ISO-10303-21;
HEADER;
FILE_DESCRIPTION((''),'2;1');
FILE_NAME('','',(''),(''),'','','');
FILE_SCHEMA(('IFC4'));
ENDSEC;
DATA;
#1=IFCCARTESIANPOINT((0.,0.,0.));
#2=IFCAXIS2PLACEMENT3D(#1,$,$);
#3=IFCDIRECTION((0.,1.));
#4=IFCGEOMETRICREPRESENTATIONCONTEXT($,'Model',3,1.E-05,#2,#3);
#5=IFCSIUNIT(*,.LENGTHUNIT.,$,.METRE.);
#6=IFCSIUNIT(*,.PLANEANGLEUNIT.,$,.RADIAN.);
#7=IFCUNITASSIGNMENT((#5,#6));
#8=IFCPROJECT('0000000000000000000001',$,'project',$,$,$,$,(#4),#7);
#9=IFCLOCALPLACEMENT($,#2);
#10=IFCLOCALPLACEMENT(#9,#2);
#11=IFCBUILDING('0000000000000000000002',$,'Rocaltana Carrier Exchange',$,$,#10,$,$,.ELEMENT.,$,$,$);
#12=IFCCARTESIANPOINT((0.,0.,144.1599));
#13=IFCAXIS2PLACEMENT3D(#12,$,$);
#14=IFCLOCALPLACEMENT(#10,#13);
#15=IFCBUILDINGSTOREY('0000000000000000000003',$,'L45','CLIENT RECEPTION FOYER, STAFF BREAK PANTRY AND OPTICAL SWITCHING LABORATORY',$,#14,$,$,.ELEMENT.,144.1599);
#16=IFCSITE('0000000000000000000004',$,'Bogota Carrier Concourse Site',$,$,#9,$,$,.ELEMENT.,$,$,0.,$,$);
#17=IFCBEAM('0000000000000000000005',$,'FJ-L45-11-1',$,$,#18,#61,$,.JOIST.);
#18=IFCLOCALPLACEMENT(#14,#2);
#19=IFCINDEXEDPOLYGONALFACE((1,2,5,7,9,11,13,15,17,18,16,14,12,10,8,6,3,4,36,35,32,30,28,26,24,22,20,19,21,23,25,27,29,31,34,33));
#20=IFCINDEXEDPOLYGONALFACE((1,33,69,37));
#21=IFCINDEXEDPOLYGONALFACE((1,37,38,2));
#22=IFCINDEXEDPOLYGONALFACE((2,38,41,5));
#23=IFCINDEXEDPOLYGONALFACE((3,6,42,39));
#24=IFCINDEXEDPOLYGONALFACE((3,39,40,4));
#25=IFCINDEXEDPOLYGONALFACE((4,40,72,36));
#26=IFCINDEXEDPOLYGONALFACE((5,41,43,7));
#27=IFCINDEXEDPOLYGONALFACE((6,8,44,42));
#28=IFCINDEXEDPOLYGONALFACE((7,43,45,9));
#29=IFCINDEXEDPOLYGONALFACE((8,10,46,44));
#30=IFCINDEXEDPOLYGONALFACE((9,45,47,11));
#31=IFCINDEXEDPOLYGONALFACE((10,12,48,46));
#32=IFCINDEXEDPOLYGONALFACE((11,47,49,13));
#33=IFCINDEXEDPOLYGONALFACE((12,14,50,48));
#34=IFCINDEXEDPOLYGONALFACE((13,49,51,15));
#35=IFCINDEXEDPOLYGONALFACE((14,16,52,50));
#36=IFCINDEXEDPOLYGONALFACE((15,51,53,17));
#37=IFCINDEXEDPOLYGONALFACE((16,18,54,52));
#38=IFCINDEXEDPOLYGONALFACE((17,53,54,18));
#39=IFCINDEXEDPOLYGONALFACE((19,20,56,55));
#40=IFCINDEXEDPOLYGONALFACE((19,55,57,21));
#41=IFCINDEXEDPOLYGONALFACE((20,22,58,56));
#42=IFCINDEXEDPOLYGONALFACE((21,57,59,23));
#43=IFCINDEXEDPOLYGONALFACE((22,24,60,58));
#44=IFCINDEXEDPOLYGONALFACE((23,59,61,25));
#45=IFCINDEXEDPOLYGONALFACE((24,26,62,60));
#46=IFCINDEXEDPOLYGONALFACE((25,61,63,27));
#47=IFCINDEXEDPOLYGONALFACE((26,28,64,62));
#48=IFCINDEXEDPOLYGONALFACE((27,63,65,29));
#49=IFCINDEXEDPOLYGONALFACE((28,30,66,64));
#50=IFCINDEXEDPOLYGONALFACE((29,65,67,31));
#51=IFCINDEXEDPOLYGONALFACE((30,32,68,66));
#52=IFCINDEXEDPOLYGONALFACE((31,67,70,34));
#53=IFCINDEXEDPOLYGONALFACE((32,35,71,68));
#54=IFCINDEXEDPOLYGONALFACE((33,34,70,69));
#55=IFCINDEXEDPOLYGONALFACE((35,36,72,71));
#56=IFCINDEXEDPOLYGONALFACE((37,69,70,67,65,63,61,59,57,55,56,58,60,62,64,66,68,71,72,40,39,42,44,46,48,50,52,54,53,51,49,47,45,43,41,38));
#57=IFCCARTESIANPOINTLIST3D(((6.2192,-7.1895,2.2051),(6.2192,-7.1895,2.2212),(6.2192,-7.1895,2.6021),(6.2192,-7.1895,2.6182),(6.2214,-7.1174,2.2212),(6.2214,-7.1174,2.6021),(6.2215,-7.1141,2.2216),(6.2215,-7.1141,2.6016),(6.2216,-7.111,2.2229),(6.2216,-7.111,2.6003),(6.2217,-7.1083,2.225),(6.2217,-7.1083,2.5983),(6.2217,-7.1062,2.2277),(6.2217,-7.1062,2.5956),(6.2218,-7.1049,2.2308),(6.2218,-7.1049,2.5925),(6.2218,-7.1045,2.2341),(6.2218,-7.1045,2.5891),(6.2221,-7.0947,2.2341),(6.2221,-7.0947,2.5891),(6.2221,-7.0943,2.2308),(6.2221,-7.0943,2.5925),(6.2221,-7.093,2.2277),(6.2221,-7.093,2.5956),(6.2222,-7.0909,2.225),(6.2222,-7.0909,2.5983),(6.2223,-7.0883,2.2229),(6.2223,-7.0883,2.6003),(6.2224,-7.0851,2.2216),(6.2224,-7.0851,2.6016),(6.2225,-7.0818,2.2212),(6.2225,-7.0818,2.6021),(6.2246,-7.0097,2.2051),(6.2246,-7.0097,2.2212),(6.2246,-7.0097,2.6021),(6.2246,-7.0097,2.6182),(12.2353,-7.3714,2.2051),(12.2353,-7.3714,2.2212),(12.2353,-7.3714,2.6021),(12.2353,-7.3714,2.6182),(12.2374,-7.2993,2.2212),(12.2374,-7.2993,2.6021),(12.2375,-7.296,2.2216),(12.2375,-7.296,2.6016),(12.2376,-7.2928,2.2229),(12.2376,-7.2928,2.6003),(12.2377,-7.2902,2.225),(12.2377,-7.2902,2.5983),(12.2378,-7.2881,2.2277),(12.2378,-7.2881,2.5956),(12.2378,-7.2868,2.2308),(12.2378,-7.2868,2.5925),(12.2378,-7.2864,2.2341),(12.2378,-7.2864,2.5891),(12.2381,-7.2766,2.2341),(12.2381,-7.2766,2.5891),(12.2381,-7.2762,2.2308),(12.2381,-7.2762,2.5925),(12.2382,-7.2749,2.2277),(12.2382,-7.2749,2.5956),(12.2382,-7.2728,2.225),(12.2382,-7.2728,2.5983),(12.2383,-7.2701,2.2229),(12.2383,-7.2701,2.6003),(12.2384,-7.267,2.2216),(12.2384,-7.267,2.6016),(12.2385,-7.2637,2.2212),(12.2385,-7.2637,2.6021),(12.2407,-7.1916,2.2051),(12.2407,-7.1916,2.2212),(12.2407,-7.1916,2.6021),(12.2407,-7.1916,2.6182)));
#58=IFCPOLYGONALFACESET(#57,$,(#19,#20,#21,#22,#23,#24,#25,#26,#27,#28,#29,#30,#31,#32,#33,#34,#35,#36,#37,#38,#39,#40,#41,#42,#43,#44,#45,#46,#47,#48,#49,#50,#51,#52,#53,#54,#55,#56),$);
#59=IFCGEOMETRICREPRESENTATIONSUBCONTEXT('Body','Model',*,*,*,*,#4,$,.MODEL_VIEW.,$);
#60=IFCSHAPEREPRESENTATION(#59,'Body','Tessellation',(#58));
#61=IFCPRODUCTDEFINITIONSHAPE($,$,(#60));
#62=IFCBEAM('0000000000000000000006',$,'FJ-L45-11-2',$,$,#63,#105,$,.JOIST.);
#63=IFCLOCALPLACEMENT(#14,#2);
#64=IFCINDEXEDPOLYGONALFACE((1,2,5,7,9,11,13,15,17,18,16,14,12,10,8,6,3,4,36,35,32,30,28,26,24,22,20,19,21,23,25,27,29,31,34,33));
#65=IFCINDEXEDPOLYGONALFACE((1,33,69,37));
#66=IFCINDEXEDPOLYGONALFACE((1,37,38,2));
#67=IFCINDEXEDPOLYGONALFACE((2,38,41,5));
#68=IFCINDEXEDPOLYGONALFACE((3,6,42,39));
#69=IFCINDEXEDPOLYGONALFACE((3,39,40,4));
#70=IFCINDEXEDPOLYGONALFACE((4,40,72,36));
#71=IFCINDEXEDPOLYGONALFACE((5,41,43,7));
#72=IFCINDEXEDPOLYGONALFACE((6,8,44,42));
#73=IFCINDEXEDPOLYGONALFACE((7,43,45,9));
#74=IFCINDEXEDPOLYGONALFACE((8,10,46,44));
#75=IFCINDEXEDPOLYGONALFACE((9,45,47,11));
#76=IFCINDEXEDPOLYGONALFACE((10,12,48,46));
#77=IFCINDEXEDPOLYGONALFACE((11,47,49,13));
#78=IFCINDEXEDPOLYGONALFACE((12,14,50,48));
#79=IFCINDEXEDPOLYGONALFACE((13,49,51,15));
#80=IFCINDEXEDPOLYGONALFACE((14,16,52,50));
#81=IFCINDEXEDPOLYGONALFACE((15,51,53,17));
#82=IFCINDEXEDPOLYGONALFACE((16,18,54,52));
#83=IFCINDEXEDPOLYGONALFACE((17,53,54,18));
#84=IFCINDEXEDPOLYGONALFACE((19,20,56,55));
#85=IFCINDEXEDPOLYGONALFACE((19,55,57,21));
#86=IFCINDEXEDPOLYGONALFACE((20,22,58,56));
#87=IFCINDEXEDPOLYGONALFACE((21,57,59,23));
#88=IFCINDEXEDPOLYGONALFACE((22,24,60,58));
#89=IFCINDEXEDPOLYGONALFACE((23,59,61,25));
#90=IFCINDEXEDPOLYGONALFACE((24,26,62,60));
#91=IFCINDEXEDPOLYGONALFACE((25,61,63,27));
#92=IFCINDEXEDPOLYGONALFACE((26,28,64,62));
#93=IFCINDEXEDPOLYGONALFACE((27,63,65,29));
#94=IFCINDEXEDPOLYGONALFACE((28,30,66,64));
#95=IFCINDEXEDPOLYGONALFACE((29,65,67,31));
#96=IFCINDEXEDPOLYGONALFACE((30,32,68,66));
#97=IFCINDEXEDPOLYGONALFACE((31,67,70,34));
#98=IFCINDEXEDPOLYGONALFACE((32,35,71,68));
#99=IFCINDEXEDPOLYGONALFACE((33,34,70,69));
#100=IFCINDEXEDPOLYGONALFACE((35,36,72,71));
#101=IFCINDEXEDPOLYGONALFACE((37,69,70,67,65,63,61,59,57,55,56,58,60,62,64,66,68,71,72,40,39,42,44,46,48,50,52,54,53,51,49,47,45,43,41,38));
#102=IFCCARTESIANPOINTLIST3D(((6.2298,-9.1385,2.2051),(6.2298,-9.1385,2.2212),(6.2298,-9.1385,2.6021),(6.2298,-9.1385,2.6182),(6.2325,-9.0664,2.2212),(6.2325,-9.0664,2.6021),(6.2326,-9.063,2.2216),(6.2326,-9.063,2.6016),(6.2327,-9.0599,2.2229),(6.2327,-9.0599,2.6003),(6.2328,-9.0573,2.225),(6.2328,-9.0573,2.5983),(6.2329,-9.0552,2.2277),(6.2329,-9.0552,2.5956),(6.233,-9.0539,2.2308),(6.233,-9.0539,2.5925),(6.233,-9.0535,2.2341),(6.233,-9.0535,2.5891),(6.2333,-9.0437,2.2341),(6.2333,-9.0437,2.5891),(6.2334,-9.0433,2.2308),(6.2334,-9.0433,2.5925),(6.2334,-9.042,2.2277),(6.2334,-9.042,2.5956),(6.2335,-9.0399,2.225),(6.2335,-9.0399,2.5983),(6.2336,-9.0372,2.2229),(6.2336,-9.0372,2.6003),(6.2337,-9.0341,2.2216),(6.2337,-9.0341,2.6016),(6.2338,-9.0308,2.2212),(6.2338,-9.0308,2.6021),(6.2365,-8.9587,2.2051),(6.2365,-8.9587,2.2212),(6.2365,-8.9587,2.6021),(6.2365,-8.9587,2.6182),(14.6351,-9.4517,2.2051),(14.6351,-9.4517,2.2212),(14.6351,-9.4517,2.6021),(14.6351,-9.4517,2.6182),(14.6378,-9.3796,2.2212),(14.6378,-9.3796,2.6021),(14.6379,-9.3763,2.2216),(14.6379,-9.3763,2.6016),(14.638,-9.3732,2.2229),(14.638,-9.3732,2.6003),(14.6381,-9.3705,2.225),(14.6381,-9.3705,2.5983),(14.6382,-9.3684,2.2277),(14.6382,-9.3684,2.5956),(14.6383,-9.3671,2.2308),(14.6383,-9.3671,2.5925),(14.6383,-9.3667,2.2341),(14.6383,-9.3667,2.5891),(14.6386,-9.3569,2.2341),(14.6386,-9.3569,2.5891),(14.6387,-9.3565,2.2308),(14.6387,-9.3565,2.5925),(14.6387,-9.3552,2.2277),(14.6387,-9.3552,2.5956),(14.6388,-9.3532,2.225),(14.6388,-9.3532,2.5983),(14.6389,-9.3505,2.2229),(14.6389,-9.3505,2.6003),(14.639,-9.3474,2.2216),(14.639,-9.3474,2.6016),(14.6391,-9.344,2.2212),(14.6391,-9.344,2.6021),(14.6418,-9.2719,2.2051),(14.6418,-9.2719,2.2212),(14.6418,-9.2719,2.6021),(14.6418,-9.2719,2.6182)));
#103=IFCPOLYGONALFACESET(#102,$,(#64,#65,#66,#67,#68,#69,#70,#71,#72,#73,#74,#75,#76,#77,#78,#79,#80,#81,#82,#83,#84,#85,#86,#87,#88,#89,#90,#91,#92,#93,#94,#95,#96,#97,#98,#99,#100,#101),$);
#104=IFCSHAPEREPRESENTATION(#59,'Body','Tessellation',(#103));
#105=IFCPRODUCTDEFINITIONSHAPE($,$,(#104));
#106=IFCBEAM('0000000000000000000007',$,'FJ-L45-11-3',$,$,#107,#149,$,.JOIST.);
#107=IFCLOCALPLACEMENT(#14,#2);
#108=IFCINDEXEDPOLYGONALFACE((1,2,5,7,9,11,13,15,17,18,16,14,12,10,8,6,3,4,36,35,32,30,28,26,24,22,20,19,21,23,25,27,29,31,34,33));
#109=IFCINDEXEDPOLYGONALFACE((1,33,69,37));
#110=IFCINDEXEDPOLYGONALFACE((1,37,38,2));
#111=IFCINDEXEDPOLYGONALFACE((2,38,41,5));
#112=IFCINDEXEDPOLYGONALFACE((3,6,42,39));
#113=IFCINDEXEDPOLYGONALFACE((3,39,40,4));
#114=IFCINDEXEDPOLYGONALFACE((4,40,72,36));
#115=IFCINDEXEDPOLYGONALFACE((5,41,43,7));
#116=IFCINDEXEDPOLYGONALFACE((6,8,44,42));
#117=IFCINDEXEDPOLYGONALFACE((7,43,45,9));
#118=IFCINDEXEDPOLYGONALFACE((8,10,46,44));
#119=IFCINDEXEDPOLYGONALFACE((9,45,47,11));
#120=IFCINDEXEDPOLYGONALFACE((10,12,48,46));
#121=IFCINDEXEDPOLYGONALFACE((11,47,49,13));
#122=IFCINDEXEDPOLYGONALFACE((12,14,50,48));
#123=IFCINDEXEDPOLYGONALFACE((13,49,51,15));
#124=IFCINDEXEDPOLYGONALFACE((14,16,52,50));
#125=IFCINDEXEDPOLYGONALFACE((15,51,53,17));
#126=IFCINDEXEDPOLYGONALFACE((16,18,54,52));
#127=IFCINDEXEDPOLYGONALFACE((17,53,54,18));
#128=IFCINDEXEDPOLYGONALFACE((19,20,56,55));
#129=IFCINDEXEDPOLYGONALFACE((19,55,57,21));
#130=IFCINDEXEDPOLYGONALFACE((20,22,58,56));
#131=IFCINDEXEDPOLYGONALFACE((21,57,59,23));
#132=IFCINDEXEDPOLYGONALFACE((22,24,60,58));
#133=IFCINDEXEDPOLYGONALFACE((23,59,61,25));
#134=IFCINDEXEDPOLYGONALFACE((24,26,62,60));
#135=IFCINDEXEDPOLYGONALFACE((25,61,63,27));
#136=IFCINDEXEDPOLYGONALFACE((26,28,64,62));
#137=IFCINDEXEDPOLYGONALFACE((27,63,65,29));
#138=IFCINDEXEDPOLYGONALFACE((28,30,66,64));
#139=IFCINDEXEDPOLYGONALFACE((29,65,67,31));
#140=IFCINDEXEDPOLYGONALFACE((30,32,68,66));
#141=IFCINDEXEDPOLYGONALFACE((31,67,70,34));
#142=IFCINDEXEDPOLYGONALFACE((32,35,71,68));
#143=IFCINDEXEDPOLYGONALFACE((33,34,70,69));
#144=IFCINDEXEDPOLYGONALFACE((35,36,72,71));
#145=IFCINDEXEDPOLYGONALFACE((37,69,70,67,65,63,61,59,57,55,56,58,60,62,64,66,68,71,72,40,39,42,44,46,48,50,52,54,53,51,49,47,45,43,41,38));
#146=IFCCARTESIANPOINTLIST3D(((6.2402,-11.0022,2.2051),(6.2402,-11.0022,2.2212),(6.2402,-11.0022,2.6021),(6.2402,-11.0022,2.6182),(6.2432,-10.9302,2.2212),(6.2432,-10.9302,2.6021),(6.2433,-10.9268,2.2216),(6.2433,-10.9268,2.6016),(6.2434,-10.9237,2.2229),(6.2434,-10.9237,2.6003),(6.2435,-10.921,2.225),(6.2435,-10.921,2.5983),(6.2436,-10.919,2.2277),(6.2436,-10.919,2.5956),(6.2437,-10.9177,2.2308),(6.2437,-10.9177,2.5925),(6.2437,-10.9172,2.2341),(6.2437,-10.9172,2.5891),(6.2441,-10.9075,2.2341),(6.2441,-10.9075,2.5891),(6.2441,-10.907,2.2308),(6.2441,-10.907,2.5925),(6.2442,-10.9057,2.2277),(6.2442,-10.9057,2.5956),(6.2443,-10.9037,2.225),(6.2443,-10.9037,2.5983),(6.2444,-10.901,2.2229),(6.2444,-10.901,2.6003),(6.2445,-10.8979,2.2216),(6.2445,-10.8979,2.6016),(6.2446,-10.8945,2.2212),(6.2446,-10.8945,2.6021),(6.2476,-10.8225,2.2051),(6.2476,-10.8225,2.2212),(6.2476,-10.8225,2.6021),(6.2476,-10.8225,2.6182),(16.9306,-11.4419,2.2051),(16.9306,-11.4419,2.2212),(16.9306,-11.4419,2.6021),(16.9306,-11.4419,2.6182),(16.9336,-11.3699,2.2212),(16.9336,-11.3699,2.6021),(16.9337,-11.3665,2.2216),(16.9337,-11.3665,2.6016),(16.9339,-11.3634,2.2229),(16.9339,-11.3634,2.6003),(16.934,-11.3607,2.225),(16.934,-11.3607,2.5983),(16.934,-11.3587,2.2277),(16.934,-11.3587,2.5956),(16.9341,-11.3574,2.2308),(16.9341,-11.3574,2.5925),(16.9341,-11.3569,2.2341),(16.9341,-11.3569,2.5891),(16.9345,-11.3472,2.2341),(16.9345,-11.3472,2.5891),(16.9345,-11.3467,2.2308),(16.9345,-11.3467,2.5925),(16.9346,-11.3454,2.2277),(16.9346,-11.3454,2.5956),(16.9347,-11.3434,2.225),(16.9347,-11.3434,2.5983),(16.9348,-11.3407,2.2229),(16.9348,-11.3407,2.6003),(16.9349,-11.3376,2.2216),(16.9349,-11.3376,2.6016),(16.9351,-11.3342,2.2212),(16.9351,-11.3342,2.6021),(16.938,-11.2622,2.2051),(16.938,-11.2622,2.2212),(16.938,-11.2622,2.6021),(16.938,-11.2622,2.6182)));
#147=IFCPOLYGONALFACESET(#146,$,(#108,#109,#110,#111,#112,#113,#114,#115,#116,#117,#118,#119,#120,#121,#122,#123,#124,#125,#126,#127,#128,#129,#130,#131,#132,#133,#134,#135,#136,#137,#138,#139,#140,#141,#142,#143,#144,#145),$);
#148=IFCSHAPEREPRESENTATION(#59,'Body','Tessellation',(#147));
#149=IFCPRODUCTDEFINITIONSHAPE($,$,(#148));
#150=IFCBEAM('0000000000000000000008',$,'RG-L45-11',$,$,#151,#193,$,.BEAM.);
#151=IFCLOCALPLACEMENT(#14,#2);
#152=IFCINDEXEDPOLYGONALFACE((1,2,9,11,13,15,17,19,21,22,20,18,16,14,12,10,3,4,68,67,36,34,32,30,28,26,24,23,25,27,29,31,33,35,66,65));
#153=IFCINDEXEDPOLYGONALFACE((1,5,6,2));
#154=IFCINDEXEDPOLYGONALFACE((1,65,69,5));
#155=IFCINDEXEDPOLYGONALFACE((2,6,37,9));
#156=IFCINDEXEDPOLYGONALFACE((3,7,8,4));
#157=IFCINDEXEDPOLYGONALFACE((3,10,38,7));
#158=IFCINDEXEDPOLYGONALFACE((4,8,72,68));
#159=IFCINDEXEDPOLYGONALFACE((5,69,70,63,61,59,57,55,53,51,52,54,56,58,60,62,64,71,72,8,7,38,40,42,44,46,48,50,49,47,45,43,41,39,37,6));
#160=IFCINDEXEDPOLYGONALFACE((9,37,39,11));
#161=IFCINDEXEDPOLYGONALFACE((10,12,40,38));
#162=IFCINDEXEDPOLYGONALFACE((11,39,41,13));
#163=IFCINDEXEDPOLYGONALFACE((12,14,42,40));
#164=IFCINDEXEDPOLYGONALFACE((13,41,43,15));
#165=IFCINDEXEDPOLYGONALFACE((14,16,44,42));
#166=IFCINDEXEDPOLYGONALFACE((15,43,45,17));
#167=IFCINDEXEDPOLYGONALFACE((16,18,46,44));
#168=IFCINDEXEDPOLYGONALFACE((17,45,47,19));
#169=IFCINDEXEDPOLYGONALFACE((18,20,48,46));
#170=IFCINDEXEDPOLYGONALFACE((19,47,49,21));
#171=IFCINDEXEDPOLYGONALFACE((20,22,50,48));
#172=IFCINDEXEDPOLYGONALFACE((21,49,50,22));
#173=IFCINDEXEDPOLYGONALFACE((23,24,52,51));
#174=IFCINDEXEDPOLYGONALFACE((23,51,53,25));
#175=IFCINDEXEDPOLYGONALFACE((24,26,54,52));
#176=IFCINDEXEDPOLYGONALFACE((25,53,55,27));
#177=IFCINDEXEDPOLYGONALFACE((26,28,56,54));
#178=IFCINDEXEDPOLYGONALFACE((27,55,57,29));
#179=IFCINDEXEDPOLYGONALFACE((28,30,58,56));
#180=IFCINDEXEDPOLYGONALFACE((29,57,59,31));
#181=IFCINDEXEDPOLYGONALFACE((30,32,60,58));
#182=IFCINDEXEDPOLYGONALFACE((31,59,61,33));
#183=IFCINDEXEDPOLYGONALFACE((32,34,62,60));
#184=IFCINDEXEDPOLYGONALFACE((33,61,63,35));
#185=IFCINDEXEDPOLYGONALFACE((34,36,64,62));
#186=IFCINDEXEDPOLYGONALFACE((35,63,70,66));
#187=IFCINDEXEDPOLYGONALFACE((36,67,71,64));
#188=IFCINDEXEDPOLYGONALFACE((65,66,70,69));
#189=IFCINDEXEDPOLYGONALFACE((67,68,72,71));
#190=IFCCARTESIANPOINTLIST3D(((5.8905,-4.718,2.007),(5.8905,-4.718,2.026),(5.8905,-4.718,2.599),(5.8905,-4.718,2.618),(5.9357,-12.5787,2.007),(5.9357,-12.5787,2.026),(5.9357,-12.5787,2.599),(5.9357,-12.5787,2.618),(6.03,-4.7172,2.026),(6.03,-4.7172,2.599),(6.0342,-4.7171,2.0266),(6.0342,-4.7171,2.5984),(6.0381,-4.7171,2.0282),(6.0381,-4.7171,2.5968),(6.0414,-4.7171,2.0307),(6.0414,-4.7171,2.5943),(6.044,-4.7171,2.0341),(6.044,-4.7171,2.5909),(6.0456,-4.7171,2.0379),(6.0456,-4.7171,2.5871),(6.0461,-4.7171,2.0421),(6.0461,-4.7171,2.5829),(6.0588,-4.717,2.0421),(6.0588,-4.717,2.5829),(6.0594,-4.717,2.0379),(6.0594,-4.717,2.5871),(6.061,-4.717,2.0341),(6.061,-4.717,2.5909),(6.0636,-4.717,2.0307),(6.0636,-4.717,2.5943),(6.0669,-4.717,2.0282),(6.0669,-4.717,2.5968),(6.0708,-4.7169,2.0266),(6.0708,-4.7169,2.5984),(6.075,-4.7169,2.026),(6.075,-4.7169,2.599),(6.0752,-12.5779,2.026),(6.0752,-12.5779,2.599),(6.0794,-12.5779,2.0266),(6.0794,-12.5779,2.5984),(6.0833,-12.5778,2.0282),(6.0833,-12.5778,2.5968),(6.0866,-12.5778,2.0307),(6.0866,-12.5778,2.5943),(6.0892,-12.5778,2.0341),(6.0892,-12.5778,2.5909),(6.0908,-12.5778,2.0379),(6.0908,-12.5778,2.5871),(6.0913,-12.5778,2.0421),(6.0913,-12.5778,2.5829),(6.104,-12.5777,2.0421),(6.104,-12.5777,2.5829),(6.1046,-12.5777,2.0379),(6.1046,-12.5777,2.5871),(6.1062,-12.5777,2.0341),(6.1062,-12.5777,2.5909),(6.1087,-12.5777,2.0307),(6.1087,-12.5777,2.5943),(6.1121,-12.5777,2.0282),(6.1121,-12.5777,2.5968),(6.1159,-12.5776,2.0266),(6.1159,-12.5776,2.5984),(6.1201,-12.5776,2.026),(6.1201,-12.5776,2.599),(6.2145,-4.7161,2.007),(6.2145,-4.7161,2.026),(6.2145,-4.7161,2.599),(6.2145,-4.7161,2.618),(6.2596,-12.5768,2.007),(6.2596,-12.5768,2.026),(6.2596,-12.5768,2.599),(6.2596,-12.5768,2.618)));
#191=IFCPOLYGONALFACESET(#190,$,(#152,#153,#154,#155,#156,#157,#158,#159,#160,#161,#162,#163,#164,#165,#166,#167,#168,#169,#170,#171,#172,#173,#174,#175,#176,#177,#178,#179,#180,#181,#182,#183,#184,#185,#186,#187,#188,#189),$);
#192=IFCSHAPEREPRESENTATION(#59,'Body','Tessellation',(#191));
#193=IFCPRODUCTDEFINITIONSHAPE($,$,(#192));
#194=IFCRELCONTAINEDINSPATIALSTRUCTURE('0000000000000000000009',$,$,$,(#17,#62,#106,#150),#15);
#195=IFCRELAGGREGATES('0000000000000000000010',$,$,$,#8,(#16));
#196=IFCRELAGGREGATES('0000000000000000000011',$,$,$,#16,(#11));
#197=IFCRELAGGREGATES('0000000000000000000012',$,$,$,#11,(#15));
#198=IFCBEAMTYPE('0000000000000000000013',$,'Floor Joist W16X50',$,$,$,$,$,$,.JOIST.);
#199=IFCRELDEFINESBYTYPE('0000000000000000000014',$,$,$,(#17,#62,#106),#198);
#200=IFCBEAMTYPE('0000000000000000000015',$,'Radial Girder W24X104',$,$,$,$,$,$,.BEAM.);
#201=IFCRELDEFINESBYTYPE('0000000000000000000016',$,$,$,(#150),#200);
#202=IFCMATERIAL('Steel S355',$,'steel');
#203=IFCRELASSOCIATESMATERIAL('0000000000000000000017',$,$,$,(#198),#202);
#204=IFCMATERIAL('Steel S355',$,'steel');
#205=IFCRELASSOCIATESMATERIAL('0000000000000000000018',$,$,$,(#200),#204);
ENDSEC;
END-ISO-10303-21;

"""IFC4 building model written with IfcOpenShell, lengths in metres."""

from ifc_helpers import new_model, si_unit, direction, frame, origin, origin_2d, place, context, subcontext, project, spatial, i_section, extrude, material, material_profile, profile_set, type_object, element, save


model = new_model("IFC4")

# Units and contexts
model_context = context("Model", 3, precision=1e-05, world=origin(), true_north=direction((0.0, 1.0)))
body_context = subcontext(model_context, "Body", "Model", "MODEL_VIEW")
ifc_project = project(units=[si_unit("LENGTHUNIT", "METRE"), si_unit("PLANEANGLEUNIT", "RADIAN")], contexts=[model_context])

# Site, building, storey
site_placement = place(None, origin())
site = spatial("IfcSite", under=ifc_project, at=site_placement, Name="Bogota Carrier Concourse Site", CompositionType="ELEMENT", RefElevation=0.0)
building_placement = place(site_placement, origin())
building = spatial("IfcBuilding", under=site, at=building_placement, Name="Rocaltana Carrier Exchange", CompositionType="ELEMENT")
storey_placement = place(building_placement, frame((0.0, 0.0, 144.1599)))
storey = spatial("IfcBuildingStorey", under=building, at=storey_placement, Name="L45", Description="CLIENT RECEPTION FOYER, STAFF BREAK PANTRY AND OPTICAL SWITCHING LABORATORY", CompositionType="ELEMENT", Elevation=144.1599)

# Beams
ifc_material_1 = material(Name="Steel S355", Category="steel")
ifc_material_profile_1 = material_profile(ifc_material_1, i_section(OverallWidth=0.1799, OverallDepth=0.4131, WebThickness=0.0098, FlangeThickness=0.0161, FilletRadius=0.0129, at=origin_2d()), Name="W16X50")
ifc_profile_set_1 = profile_set([ifc_material_profile_1], Name="Steel S355")
beam_type_1 = type_object("IfcBeamType", Name="Floor Joist W16X50", PredefinedType="JOIST", material=ifc_profile_set_1)
beam_1_placement = place(storey_placement, frame((6.2219, -7.0996, 2.4116), z_axis=(0.999543, -0.030219, 0.0), x_axis=(0.030219, 0.999543, 0.0)))
element("IfcBeam", 1, at=beam_1_placement, inside=storey, type_object=beam_type_1, Name="FJ-L45-11-1", PredefinedType="JOIST", context=body_context, shape_type="SweptSolid", body=[
    extrude(i_section(OverallWidth=0.1799, OverallDepth=0.4131, WebThickness=0.0098, FlangeThickness=0.0161, FilletRadius=0.0129, at=origin_2d()), origin(), (0.0, 0.0, 1.0), 6.0188),
])
beam_2_placement = place(storey_placement, frame((6.2332, -9.0486, 2.4116), z_axis=(0.999306, -0.03724, 0.0), x_axis=(0.03724, 0.999306, 0.0)))
element("IfcBeam", 2, at=beam_2_placement, inside=storey, type_object=beam_type_1, Name="FJ-L45-11-2", PredefinedType="JOIST", context=body_context, shape_type="SweptSolid", body=[
    extrude(i_section(OverallWidth=0.1799, OverallDepth=0.4131, WebThickness=0.0098, FlangeThickness=0.0161, FilletRadius=0.0129, at=origin_2d()), origin(), (0.0, 0.0, 1.0), 8.4111),
])
beam_3_placement = place(storey_placement, frame((6.2439, -10.9124, 2.4116), z_axis=(0.999155, -0.041095, 0.0), x_axis=(0.041095, 0.999155, 0.0)))
element("IfcBeam", 3, at=beam_3_placement, inside=storey, type_object=beam_type_1, Name="FJ-L45-11-3", PredefinedType="JOIST", context=body_context, shape_type="SweptSolid", body=[
    extrude(i_section(OverallWidth=0.1799, OverallDepth=0.4131, WebThickness=0.0098, FlangeThickness=0.0161, FilletRadius=0.0129, at=origin_2d()), origin(), (0.0, 0.0, 1.0), 10.6995),
])
ifc_material_2 = material(Name="Steel S355", Category="steel")
ifc_material_profile_2 = material_profile(ifc_material_2, i_section(OverallWidth=0.324, OverallDepth=0.6111, WebThickness=0.0127, FlangeThickness=0.019, FilletRadius=0.0161, at=origin_2d()), Name="W24X104")
ifc_profile_set_2 = profile_set([ifc_material_profile_2], Name="Steel S355")
beam_type_2 = type_object("IfcBeamType", Name="Radial Girder W24X104", PredefinedType="BEAM", material=ifc_profile_set_2)
beam_4_placement = place(storey_placement, frame((6.0525, -4.717, 2.3125), z_axis=(0.005746, -0.999983, 0.0), x_axis=(0.999983, 0.005746, 0.0)))
element("IfcBeam", 4, at=beam_4_placement, inside=storey, type_object=beam_type_2, Name="RG-L45-11", PredefinedType="BEAM", context=body_context, shape_type="SweptSolid", body=[
    extrude(i_section(OverallWidth=0.324, OverallDepth=0.6111, WebThickness=0.0127, FlangeThickness=0.019, FilletRadius=0.0161, at=origin_2d()), origin(), (0.0, 0.0, 1.0), 7.8608),
])

save(model, "model.ifc")
